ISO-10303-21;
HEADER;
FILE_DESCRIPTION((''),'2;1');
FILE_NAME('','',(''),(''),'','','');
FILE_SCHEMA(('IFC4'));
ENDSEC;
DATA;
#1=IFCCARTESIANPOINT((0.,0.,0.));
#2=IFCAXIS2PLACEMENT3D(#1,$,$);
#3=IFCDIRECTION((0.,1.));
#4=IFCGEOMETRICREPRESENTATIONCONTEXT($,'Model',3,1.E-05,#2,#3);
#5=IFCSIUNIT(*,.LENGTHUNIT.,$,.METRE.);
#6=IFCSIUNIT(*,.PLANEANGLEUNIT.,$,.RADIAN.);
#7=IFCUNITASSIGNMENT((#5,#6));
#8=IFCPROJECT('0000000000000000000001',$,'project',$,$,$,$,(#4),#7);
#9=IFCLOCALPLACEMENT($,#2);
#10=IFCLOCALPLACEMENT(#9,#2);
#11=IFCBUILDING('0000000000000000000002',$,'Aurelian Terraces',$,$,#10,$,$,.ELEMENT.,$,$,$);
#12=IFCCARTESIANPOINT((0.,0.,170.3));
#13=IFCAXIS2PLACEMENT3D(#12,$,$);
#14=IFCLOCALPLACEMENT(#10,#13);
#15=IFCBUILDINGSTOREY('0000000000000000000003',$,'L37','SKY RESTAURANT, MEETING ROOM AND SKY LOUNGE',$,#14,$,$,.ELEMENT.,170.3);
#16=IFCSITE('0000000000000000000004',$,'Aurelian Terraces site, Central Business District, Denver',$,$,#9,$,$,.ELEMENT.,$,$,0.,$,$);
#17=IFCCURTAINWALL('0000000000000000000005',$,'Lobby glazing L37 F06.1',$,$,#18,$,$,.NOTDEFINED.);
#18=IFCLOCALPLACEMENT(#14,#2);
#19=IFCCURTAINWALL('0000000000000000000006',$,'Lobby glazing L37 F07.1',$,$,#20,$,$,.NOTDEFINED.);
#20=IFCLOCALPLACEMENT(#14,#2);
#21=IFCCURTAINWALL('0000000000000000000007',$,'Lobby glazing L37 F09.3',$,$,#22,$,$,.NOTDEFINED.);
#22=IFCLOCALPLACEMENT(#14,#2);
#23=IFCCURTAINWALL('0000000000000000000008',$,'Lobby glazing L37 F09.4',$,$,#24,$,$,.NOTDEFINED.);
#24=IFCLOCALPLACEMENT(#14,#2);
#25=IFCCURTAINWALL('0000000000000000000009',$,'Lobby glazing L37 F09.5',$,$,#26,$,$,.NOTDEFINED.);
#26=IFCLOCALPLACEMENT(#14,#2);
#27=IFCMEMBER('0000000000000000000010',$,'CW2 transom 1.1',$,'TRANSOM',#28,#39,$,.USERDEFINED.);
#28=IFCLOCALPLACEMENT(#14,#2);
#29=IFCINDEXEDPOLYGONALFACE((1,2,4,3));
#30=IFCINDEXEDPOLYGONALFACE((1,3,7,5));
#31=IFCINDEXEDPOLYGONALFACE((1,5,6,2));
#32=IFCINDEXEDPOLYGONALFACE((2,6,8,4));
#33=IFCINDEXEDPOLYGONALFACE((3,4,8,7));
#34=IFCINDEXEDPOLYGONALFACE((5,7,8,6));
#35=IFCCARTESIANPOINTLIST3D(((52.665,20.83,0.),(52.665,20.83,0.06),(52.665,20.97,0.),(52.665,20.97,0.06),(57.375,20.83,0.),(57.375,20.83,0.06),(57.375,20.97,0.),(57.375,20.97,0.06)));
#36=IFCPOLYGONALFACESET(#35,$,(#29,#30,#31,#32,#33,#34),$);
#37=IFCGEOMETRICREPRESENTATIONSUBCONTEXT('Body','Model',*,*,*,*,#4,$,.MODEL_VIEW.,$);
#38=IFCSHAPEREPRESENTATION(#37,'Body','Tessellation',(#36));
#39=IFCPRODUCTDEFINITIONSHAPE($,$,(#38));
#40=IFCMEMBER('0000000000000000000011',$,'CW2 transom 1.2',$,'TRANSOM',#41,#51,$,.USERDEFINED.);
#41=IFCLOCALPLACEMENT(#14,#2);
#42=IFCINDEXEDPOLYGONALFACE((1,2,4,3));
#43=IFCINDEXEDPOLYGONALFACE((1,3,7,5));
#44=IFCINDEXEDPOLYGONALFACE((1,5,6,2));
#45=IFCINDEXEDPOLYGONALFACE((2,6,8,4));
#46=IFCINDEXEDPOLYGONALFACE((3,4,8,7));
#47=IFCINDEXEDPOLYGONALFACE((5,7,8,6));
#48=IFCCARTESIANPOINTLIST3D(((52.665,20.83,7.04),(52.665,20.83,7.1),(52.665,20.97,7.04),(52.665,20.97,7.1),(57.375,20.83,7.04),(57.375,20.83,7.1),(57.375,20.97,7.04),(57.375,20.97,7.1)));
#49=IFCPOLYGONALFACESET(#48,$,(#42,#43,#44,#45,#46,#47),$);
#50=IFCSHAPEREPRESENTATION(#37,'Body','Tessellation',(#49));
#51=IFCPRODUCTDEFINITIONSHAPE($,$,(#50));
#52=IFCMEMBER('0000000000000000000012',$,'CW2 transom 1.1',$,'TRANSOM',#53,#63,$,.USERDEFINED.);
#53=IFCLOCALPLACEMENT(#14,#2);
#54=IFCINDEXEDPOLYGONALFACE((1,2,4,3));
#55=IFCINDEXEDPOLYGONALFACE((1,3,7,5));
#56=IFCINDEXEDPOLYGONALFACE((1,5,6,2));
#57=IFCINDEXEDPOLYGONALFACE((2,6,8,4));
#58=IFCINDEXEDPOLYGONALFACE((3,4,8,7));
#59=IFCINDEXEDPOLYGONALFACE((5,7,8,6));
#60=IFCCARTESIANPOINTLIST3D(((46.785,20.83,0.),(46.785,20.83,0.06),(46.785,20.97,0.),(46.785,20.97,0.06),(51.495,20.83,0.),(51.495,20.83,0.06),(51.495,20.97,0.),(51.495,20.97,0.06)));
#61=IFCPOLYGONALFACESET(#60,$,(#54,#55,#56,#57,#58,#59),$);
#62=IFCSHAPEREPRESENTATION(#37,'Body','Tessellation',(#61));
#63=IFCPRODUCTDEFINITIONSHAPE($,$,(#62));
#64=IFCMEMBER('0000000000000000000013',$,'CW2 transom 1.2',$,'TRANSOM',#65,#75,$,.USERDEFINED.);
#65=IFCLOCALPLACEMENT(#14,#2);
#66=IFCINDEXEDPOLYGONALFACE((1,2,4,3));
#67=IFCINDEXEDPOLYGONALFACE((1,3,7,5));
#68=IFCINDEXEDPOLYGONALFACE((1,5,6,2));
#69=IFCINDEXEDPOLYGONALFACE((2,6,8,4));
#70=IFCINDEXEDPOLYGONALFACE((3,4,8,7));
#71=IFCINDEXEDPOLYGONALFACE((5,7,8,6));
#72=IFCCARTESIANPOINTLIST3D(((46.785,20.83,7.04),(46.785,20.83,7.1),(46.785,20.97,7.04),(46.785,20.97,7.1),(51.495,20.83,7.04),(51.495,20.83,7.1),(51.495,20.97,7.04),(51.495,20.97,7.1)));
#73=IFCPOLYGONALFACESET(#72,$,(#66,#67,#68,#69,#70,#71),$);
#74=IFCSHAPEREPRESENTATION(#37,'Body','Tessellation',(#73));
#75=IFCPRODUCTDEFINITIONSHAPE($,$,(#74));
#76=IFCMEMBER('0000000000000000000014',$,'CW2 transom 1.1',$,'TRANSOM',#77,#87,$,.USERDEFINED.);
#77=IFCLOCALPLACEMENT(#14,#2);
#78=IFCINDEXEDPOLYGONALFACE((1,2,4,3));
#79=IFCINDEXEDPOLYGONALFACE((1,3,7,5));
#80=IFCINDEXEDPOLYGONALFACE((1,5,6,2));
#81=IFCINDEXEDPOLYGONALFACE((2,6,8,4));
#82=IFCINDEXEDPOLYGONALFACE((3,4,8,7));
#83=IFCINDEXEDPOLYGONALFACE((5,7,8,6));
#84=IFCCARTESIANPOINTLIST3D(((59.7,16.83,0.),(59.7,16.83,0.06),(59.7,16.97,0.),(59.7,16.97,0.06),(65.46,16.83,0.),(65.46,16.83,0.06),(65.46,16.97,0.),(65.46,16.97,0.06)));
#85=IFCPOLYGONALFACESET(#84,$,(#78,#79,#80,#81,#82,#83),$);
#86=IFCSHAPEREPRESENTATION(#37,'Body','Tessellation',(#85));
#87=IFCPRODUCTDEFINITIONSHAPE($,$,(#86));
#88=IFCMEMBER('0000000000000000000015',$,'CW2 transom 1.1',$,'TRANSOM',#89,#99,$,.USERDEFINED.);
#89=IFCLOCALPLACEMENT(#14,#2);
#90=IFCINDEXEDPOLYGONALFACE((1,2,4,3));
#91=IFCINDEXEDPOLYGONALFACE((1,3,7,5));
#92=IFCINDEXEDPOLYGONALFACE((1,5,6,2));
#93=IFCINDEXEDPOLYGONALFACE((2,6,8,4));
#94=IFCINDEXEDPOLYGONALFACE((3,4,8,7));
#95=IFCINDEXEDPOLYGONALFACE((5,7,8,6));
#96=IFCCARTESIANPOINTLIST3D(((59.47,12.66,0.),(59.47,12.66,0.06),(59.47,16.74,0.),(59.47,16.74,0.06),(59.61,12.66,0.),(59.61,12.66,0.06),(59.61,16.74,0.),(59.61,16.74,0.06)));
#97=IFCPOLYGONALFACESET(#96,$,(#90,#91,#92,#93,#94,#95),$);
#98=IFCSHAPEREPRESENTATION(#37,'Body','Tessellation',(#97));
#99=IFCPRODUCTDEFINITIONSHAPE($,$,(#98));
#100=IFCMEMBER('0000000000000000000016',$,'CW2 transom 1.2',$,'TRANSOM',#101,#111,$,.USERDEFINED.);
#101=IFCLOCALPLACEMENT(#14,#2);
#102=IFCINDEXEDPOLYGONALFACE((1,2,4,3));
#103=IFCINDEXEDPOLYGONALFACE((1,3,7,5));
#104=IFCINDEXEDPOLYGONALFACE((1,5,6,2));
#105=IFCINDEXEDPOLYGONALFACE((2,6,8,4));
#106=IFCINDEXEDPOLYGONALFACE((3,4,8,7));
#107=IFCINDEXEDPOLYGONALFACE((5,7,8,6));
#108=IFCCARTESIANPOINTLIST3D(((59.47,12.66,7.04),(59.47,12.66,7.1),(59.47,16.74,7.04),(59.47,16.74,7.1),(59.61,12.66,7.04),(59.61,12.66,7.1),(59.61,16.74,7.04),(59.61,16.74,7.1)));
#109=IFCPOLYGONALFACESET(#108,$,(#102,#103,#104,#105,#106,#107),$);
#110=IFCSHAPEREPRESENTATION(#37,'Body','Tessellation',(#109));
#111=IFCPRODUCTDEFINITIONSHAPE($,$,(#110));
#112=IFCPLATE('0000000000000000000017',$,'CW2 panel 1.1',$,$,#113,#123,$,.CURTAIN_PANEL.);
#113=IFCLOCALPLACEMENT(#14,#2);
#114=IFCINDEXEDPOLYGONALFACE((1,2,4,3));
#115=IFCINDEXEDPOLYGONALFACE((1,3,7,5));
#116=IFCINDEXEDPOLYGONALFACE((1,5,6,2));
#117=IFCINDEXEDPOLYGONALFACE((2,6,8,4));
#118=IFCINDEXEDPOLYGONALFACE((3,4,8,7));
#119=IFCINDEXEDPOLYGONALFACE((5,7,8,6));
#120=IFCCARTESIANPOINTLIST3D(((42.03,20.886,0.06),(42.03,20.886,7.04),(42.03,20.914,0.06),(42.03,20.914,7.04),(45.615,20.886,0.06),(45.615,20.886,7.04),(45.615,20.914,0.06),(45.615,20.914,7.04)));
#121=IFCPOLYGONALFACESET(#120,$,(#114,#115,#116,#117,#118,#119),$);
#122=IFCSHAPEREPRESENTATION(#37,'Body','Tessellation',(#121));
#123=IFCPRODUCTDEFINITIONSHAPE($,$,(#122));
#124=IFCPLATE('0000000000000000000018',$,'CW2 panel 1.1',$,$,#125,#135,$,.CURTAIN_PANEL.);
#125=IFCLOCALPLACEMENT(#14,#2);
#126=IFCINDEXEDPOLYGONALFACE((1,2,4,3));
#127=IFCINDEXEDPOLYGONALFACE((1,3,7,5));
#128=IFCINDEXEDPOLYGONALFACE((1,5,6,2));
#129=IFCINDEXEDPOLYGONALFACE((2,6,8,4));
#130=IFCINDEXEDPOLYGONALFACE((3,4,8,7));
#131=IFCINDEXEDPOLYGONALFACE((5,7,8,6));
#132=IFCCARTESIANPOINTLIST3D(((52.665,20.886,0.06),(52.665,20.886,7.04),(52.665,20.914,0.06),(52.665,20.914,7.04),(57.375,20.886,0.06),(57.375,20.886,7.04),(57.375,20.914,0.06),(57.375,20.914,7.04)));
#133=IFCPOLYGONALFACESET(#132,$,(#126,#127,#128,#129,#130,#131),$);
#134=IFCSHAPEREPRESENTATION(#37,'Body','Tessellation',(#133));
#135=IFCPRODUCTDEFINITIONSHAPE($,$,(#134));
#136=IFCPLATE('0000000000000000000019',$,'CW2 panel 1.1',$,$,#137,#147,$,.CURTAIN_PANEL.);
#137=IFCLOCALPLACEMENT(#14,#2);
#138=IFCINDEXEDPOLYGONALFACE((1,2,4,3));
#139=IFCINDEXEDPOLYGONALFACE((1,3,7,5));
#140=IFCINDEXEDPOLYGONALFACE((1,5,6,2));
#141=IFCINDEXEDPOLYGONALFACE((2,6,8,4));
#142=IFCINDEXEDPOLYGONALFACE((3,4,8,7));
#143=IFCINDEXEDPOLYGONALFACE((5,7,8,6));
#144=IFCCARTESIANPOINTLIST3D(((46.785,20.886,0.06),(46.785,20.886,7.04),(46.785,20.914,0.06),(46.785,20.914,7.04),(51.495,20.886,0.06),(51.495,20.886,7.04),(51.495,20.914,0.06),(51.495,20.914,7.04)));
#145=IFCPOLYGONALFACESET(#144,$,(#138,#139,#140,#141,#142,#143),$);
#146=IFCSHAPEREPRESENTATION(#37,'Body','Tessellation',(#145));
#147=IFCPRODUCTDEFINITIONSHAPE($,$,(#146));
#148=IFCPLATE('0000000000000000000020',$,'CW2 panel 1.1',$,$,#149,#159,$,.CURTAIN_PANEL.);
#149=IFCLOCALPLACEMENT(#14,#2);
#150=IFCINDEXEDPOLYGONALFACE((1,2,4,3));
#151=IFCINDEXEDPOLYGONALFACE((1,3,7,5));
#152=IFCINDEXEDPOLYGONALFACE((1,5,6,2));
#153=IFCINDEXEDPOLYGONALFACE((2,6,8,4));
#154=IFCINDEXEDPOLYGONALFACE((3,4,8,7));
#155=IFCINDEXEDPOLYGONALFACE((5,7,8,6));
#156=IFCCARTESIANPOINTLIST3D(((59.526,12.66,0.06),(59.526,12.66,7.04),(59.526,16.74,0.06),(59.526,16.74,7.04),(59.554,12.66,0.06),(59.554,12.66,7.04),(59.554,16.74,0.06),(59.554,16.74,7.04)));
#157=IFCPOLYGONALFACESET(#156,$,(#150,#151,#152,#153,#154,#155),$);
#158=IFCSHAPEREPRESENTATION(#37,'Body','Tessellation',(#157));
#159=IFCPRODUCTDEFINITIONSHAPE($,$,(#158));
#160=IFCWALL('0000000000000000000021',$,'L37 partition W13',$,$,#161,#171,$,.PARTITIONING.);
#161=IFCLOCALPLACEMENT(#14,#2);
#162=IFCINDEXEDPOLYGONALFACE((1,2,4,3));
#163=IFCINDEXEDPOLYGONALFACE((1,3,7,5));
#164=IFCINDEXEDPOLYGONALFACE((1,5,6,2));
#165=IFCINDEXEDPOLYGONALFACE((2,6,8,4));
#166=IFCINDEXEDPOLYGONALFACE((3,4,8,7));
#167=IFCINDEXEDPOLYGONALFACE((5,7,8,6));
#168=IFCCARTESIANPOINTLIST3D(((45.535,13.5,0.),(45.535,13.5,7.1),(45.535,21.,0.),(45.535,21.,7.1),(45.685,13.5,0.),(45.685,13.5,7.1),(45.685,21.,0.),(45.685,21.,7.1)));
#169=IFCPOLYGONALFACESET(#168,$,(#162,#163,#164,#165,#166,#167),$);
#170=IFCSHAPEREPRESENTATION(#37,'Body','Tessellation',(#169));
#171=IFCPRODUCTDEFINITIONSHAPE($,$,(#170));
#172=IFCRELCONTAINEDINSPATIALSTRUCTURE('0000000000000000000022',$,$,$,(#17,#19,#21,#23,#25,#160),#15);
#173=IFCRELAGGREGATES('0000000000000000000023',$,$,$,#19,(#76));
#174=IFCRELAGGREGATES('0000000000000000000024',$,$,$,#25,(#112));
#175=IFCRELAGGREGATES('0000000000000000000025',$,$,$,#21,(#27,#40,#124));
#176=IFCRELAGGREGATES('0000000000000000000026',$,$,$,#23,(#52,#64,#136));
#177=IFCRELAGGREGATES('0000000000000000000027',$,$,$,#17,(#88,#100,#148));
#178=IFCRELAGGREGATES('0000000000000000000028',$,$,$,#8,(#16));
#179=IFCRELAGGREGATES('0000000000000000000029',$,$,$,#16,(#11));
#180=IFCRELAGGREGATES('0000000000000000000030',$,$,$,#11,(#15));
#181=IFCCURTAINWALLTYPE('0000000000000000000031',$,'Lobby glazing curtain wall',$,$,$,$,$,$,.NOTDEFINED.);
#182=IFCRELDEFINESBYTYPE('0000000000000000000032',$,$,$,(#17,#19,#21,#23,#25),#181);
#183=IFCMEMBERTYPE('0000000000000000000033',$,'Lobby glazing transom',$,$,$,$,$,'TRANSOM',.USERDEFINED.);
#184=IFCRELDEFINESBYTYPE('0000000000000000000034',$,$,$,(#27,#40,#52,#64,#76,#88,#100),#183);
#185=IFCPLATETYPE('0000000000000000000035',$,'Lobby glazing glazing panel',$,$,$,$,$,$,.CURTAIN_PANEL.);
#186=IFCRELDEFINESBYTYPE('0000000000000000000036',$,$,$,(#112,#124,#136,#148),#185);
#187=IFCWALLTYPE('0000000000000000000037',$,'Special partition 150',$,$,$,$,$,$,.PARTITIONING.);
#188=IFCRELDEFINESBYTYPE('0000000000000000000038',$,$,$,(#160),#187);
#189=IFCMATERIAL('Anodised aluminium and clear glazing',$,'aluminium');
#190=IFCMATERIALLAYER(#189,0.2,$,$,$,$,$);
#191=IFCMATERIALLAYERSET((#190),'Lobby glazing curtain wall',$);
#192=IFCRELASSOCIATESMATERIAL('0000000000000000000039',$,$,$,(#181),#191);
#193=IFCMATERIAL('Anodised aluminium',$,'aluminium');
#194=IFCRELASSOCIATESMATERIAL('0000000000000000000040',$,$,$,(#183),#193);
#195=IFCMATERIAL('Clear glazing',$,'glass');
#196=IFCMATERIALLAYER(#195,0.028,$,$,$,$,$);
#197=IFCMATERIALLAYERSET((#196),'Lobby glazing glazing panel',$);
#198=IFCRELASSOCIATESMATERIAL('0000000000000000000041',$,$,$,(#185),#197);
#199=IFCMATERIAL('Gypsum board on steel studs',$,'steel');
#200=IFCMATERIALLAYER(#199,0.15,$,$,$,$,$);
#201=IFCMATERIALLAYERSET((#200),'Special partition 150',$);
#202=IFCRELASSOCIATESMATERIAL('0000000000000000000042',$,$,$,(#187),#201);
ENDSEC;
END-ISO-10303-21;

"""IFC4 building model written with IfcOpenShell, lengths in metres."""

from ifc_helpers import new_model, si_unit, direction, frame, frame_2d, origin, origin_2d, place, context, subcontext, project, spatial, rectangle, extrude, source, transform, mapped, material, layer, layer_set, material_profile, profile_set, type_object, element, aggregate, save


model = new_model("IFC4")

# Units and contexts
model_context = context("Model", 3, precision=1e-05, world=origin(), true_north=direction((0.0, 1.0)))
body_context = subcontext(model_context, "Body", "Model", "MODEL_VIEW")
ifc_project = project(units=[si_unit("LENGTHUNIT", "METRE"), si_unit("PLANEANGLEUNIT", "RADIAN")], contexts=[model_context])

# Site, building, storey
site_placement = place(None, origin())
site = spatial("IfcSite", under=ifc_project, at=site_placement, Name="Aurelian Terraces site, Central Business District, Denver", CompositionType="ELEMENT", RefElevation=0.0)
building_placement = place(site_placement, origin())
building = spatial("IfcBuilding", under=site, at=building_placement, Name="Aurelian Terraces", CompositionType="ELEMENT")
storey_placement = place(building_placement, frame((0.0, 0.0, 170.3)))
storey = spatial("IfcBuildingStorey", under=building, at=storey_placement, Name="L37", Description="SKY RESTAURANT, MEETING ROOM AND SKY LOUNGE", CompositionType="ELEMENT", Elevation=170.3)

# Shared definitions
ifc_material_1 = material(Name="Anodised aluminium and clear glazing", Category="aluminium")
ifc_layer_1 = layer(ifc_material_1, 0.2)
ifc_layer_set_1 = layer_set([ifc_layer_1], Name="Lobby glazing curtain wall")
curtain_wall_type = type_object("IfcCurtainWallType", Name="Lobby glazing curtain wall", PredefinedType="NOTDEFINED", material=ifc_layer_set_1)
ifc_material_2 = material(Name="Anodised aluminium", Category="aluminium")

# Curtain wall
curtain_wall_1_placement = place(storey_placement, origin())
curtain_wall_1 = element("IfcCurtainWall", 1, at=curtain_wall_1_placement, inside=storey, type_object=curtain_wall_type, Name="Lobby glazing L37 F06.1", PredefinedType="NOTDEFINED")

# Curtain wall
curtain_wall_2_placement = place(storey_placement, origin())
curtain_wall_2 = element("IfcCurtainWall", 2, at=curtain_wall_2_placement, inside=storey, type_object=curtain_wall_type, Name="Lobby glazing L37 F07.1", PredefinedType="NOTDEFINED")

# Curtain walls
curtain_wall_3_placement = place(storey_placement, origin())
curtain_wall_3 = element("IfcCurtainWall", 3, at=curtain_wall_3_placement, inside=storey, type_object=curtain_wall_type, Name="Lobby glazing L37 F09.3", PredefinedType="NOTDEFINED")
curtain_wall_4_placement = place(storey_placement, origin())
curtain_wall_4 = element("IfcCurtainWall", 4, at=curtain_wall_4_placement, inside=storey, type_object=curtain_wall_type, Name="Lobby glazing L37 F09.4", PredefinedType="NOTDEFINED")
curtain_wall_5_placement = place(storey_placement, origin())
curtain_wall_5 = element("IfcCurtainWall", 5, at=curtain_wall_5_placement, inside=storey, type_object=curtain_wall_type, Name="Lobby glazing L37 F09.5", PredefinedType="NOTDEFINED")
ifc_material_profile_1 = material_profile(ifc_material_2, rectangle(XDim=0.14, YDim=0.06, at=origin_2d()))
ifc_profile_set_1 = profile_set([ifc_material_profile_1], Name="Anodised aluminium")
member_type_1 = type_object("IfcMemberType", Name="Lobby glazing transom", ElementType="TRANSOM", PredefinedType="USERDEFINED", material=ifc_profile_set_1)

# Members
shared_shape_1 = source(origin(), body_context, "Body", "SweptSolid", [
    extrude(rectangle(XDim=0.14, YDim=0.06, at=origin_2d()), origin(), (0.0, 0.0, 1.0), 4.71),
])
member_1_placement = place(storey_placement, frame((57.375, 20.9, 0.03), z_axis=(-1.0, 0.0, 0.0), x_axis=(0.0, -1.0, 0.0)))
member_1 = element("IfcMember", 6, at=member_1_placement, type_object=member_type_1, Name="CW2 transom 1.1", ObjectType="TRANSOM", PredefinedType="USERDEFINED", context=body_context, shape_type="MappedRepresentation", body=[
    mapped(shared_shape_1, transform((0.0, 0.0, 0.0), scale=1.0)),
])
member_2_placement = place(storey_placement, frame((57.375, 20.9, 7.07), z_axis=(-1.0, 0.0, 0.0), x_axis=(0.0, -1.0, 0.0)))
member_2 = element("IfcMember", 7, at=member_2_placement, type_object=member_type_1, Name="CW2 transom 1.2", ObjectType="TRANSOM", PredefinedType="USERDEFINED", context=body_context, shape_type="MappedRepresentation", body=[
    mapped(shared_shape_1, transform((0.0, 0.0, 0.0), scale=1.0)),
])
member_3_placement = place(storey_placement, frame((51.495, 20.9, 0.03), z_axis=(-1.0, 0.0, 0.0), x_axis=(0.0, -1.0, 0.0)))
member_3 = element("IfcMember", 8, at=member_3_placement, type_object=member_type_1, Name="CW2 transom 1.1", ObjectType="TRANSOM", PredefinedType="USERDEFINED", context=body_context, shape_type="MappedRepresentation", body=[
    mapped(shared_shape_1, transform((0.0, 0.0, 0.0), scale=1.0)),
])
member_4_placement = place(storey_placement, frame((51.495, 20.9, 7.07), z_axis=(-1.0, 0.0, 0.0), x_axis=(0.0, -1.0, 0.0)))
member_4 = element("IfcMember", 9, at=member_4_placement, type_object=member_type_1, Name="CW2 transom 1.2", ObjectType="TRANSOM", PredefinedType="USERDEFINED", context=body_context, shape_type="MappedRepresentation", body=[
    mapped(shared_shape_1, transform((0.0, 0.0, 0.0), scale=1.0)),
])
shared_shape_2 = source(origin(), body_context, "Body", "SweptSolid", [
    extrude(rectangle(XDim=0.14, YDim=0.06, at=origin_2d()), origin(), (0.0, 0.0, 1.0), 5.76),
])
member_5_placement = place(storey_placement, frame((59.7, 16.9, 0.03), z_axis=(1.0, 0.0, 0.0), x_axis=(0.0, 1.0, 0.0)))
member_5 = element("IfcMember", 10, at=member_5_placement, type_object=member_type_1, Name="CW2 transom 1.1", ObjectType="TRANSOM", PredefinedType="USERDEFINED", context=body_context, shape_type="MappedRepresentation", body=[
    mapped(shared_shape_2, transform((0.0, 0.0, 0.0), scale=1.0)),
])
aggregate(curtain_wall_2, [member_5])
shared_shape_3 = source(origin(), body_context, "Body", "SweptSolid", [
    extrude(rectangle(XDim=0.14, YDim=0.06, at=origin_2d()), origin(), (0.0, 0.0, 1.0), 4.08),
])
member_6_placement = place(storey_placement, frame((59.54, 12.66, 0.03), z_axis=(0.0, 1.0, 0.0), x_axis=(-1.0, 0.0, 0.0)))
member_6 = element("IfcMember", 11, at=member_6_placement, type_object=member_type_1, Name="CW2 transom 1.1", ObjectType="TRANSOM", PredefinedType="USERDEFINED", context=body_context, shape_type="MappedRepresentation", body=[
    mapped(shared_shape_3, transform((0.0, 0.0, 0.0), scale=1.0)),
])
member_7_placement = place(storey_placement, frame((59.54, 12.66, 7.07), z_axis=(0.0, 1.0, 0.0), x_axis=(-1.0, 0.0, 0.0)))
member_7 = element("IfcMember", 12, at=member_7_placement, type_object=member_type_1, Name="CW2 transom 1.2", ObjectType="TRANSOM", PredefinedType="USERDEFINED", context=body_context, shape_type="MappedRepresentation", body=[
    mapped(shared_shape_3, transform((0.0, 0.0, 0.0), scale=1.0)),
])

# Plates
ifc_material_3 = material(Name="Clear glazing", Category="glass")
ifc_layer_2 = layer(ifc_material_3, 0.028)
ifc_layer_set_2 = layer_set([ifc_layer_2], Name="Lobby glazing glazing panel")
plate_type = type_object("IfcPlateType", Name="Lobby glazing glazing panel", PredefinedType="CURTAIN_PANEL", material=ifc_layer_set_2)
shared_shape_4 = source(origin(), body_context, "Body", "SweptSolid", [
    extrude(rectangle(XDim=3.585, YDim=0.028, at=origin_2d()), origin(), (0.0, 0.0, 1.0), 6.98),
])
plate_1_placement = place(storey_placement, frame((43.8225, 20.9, 0.06), z_axis=(0.0, 0.0, 1.0), x_axis=(-1.0, 0.0, 0.0)))
plate_1 = element("IfcPlate", 13, at=plate_1_placement, type_object=plate_type, Name="CW2 panel 1.1", PredefinedType="CURTAIN_PANEL", context=body_context, shape_type="MappedRepresentation", body=[
    mapped(shared_shape_4, transform((0.0, 0.0, 0.0), scale=1.0)),
])
aggregate(curtain_wall_5, [plate_1])
shared_shape_5 = source(origin(), body_context, "Body", "SweptSolid", [
    extrude(rectangle(XDim=4.71, YDim=0.028, at=origin_2d()), origin(), (0.0, 0.0, 1.0), 6.98),
])
plate_2_placement = place(storey_placement, frame((55.02, 20.9, 0.06), z_axis=(0.0, 0.0, 1.0), x_axis=(-1.0, 0.0, 0.0)))
plate_2 = element("IfcPlate", 14, at=plate_2_placement, type_object=plate_type, Name="CW2 panel 1.1", PredefinedType="CURTAIN_PANEL", context=body_context, shape_type="MappedRepresentation", body=[
    mapped(shared_shape_5, transform((0.0, 0.0, 0.0), scale=1.0)),
])
aggregate(curtain_wall_3, [member_1, member_2, plate_2])
plate_3_placement = place(storey_placement, frame((49.14, 20.9, 0.06), z_axis=(0.0, 0.0, 1.0), x_axis=(-1.0, 0.0, 0.0)))
plate_3 = element("IfcPlate", 15, at=plate_3_placement, type_object=plate_type, Name="CW2 panel 1.1", PredefinedType="CURTAIN_PANEL", context=body_context, shape_type="MappedRepresentation", body=[
    mapped(shared_shape_5, transform((0.0, 0.0, 0.0), scale=1.0)),
])
aggregate(curtain_wall_4, [member_3, member_4, plate_3])
shared_shape_6 = source(origin(), body_context, "Body", "SweptSolid", [
    extrude(rectangle(XDim=4.08, YDim=0.028, at=origin_2d()), origin(), (0.0, 0.0, 1.0), 6.98),
])
plate_4_placement = place(storey_placement, frame((59.54, 14.7, 0.06), z_axis=(0.0, 0.0, 1.0), x_axis=(0.0, 1.0, 0.0)))
plate_4 = element("IfcPlate", 16, at=plate_4_placement, type_object=plate_type, Name="CW2 panel 1.1", PredefinedType="CURTAIN_PANEL", context=body_context, shape_type="MappedRepresentation", body=[
    mapped(shared_shape_6, transform((0.0, 0.0, 0.0), scale=1.0)),
])
aggregate(curtain_wall_1, [member_6, member_7, plate_4])

# Wall
ifc_material_4 = material(Name="Gypsum board on steel studs", Category="steel")
ifc_layer_3 = layer(ifc_material_4, 0.15)
ifc_layer_set_3 = layer_set([ifc_layer_3], Name="Special partition 150")
wall_type = type_object("IfcWallType", Name="Special partition 150", PredefinedType="PARTITIONING", material=ifc_layer_set_3)
shared_shape_7 = source(origin(), body_context, "Body", "SweptSolid", [
    extrude(rectangle(XDim=7.5, YDim=0.15, at=frame_2d((3.75, 0.0))), origin(), (0.0, 0.0, 1.0), 7.1),
])
wall_placement = place(storey_placement, frame((45.61, 13.5, 0.0), z_axis=(0.0, 0.0, 1.0), x_axis=(0.0, 1.0, 0.0)))
element("IfcWall", 17, at=wall_placement, inside=storey, type_object=wall_type, Name="L37 partition W13", PredefinedType="PARTITIONING", context=body_context, shape_type="MappedRepresentation", body=[
    mapped(shared_shape_7, transform((0.0, 0.0, 0.0), scale=1.0)),
])

save(model, "model.ifc")
